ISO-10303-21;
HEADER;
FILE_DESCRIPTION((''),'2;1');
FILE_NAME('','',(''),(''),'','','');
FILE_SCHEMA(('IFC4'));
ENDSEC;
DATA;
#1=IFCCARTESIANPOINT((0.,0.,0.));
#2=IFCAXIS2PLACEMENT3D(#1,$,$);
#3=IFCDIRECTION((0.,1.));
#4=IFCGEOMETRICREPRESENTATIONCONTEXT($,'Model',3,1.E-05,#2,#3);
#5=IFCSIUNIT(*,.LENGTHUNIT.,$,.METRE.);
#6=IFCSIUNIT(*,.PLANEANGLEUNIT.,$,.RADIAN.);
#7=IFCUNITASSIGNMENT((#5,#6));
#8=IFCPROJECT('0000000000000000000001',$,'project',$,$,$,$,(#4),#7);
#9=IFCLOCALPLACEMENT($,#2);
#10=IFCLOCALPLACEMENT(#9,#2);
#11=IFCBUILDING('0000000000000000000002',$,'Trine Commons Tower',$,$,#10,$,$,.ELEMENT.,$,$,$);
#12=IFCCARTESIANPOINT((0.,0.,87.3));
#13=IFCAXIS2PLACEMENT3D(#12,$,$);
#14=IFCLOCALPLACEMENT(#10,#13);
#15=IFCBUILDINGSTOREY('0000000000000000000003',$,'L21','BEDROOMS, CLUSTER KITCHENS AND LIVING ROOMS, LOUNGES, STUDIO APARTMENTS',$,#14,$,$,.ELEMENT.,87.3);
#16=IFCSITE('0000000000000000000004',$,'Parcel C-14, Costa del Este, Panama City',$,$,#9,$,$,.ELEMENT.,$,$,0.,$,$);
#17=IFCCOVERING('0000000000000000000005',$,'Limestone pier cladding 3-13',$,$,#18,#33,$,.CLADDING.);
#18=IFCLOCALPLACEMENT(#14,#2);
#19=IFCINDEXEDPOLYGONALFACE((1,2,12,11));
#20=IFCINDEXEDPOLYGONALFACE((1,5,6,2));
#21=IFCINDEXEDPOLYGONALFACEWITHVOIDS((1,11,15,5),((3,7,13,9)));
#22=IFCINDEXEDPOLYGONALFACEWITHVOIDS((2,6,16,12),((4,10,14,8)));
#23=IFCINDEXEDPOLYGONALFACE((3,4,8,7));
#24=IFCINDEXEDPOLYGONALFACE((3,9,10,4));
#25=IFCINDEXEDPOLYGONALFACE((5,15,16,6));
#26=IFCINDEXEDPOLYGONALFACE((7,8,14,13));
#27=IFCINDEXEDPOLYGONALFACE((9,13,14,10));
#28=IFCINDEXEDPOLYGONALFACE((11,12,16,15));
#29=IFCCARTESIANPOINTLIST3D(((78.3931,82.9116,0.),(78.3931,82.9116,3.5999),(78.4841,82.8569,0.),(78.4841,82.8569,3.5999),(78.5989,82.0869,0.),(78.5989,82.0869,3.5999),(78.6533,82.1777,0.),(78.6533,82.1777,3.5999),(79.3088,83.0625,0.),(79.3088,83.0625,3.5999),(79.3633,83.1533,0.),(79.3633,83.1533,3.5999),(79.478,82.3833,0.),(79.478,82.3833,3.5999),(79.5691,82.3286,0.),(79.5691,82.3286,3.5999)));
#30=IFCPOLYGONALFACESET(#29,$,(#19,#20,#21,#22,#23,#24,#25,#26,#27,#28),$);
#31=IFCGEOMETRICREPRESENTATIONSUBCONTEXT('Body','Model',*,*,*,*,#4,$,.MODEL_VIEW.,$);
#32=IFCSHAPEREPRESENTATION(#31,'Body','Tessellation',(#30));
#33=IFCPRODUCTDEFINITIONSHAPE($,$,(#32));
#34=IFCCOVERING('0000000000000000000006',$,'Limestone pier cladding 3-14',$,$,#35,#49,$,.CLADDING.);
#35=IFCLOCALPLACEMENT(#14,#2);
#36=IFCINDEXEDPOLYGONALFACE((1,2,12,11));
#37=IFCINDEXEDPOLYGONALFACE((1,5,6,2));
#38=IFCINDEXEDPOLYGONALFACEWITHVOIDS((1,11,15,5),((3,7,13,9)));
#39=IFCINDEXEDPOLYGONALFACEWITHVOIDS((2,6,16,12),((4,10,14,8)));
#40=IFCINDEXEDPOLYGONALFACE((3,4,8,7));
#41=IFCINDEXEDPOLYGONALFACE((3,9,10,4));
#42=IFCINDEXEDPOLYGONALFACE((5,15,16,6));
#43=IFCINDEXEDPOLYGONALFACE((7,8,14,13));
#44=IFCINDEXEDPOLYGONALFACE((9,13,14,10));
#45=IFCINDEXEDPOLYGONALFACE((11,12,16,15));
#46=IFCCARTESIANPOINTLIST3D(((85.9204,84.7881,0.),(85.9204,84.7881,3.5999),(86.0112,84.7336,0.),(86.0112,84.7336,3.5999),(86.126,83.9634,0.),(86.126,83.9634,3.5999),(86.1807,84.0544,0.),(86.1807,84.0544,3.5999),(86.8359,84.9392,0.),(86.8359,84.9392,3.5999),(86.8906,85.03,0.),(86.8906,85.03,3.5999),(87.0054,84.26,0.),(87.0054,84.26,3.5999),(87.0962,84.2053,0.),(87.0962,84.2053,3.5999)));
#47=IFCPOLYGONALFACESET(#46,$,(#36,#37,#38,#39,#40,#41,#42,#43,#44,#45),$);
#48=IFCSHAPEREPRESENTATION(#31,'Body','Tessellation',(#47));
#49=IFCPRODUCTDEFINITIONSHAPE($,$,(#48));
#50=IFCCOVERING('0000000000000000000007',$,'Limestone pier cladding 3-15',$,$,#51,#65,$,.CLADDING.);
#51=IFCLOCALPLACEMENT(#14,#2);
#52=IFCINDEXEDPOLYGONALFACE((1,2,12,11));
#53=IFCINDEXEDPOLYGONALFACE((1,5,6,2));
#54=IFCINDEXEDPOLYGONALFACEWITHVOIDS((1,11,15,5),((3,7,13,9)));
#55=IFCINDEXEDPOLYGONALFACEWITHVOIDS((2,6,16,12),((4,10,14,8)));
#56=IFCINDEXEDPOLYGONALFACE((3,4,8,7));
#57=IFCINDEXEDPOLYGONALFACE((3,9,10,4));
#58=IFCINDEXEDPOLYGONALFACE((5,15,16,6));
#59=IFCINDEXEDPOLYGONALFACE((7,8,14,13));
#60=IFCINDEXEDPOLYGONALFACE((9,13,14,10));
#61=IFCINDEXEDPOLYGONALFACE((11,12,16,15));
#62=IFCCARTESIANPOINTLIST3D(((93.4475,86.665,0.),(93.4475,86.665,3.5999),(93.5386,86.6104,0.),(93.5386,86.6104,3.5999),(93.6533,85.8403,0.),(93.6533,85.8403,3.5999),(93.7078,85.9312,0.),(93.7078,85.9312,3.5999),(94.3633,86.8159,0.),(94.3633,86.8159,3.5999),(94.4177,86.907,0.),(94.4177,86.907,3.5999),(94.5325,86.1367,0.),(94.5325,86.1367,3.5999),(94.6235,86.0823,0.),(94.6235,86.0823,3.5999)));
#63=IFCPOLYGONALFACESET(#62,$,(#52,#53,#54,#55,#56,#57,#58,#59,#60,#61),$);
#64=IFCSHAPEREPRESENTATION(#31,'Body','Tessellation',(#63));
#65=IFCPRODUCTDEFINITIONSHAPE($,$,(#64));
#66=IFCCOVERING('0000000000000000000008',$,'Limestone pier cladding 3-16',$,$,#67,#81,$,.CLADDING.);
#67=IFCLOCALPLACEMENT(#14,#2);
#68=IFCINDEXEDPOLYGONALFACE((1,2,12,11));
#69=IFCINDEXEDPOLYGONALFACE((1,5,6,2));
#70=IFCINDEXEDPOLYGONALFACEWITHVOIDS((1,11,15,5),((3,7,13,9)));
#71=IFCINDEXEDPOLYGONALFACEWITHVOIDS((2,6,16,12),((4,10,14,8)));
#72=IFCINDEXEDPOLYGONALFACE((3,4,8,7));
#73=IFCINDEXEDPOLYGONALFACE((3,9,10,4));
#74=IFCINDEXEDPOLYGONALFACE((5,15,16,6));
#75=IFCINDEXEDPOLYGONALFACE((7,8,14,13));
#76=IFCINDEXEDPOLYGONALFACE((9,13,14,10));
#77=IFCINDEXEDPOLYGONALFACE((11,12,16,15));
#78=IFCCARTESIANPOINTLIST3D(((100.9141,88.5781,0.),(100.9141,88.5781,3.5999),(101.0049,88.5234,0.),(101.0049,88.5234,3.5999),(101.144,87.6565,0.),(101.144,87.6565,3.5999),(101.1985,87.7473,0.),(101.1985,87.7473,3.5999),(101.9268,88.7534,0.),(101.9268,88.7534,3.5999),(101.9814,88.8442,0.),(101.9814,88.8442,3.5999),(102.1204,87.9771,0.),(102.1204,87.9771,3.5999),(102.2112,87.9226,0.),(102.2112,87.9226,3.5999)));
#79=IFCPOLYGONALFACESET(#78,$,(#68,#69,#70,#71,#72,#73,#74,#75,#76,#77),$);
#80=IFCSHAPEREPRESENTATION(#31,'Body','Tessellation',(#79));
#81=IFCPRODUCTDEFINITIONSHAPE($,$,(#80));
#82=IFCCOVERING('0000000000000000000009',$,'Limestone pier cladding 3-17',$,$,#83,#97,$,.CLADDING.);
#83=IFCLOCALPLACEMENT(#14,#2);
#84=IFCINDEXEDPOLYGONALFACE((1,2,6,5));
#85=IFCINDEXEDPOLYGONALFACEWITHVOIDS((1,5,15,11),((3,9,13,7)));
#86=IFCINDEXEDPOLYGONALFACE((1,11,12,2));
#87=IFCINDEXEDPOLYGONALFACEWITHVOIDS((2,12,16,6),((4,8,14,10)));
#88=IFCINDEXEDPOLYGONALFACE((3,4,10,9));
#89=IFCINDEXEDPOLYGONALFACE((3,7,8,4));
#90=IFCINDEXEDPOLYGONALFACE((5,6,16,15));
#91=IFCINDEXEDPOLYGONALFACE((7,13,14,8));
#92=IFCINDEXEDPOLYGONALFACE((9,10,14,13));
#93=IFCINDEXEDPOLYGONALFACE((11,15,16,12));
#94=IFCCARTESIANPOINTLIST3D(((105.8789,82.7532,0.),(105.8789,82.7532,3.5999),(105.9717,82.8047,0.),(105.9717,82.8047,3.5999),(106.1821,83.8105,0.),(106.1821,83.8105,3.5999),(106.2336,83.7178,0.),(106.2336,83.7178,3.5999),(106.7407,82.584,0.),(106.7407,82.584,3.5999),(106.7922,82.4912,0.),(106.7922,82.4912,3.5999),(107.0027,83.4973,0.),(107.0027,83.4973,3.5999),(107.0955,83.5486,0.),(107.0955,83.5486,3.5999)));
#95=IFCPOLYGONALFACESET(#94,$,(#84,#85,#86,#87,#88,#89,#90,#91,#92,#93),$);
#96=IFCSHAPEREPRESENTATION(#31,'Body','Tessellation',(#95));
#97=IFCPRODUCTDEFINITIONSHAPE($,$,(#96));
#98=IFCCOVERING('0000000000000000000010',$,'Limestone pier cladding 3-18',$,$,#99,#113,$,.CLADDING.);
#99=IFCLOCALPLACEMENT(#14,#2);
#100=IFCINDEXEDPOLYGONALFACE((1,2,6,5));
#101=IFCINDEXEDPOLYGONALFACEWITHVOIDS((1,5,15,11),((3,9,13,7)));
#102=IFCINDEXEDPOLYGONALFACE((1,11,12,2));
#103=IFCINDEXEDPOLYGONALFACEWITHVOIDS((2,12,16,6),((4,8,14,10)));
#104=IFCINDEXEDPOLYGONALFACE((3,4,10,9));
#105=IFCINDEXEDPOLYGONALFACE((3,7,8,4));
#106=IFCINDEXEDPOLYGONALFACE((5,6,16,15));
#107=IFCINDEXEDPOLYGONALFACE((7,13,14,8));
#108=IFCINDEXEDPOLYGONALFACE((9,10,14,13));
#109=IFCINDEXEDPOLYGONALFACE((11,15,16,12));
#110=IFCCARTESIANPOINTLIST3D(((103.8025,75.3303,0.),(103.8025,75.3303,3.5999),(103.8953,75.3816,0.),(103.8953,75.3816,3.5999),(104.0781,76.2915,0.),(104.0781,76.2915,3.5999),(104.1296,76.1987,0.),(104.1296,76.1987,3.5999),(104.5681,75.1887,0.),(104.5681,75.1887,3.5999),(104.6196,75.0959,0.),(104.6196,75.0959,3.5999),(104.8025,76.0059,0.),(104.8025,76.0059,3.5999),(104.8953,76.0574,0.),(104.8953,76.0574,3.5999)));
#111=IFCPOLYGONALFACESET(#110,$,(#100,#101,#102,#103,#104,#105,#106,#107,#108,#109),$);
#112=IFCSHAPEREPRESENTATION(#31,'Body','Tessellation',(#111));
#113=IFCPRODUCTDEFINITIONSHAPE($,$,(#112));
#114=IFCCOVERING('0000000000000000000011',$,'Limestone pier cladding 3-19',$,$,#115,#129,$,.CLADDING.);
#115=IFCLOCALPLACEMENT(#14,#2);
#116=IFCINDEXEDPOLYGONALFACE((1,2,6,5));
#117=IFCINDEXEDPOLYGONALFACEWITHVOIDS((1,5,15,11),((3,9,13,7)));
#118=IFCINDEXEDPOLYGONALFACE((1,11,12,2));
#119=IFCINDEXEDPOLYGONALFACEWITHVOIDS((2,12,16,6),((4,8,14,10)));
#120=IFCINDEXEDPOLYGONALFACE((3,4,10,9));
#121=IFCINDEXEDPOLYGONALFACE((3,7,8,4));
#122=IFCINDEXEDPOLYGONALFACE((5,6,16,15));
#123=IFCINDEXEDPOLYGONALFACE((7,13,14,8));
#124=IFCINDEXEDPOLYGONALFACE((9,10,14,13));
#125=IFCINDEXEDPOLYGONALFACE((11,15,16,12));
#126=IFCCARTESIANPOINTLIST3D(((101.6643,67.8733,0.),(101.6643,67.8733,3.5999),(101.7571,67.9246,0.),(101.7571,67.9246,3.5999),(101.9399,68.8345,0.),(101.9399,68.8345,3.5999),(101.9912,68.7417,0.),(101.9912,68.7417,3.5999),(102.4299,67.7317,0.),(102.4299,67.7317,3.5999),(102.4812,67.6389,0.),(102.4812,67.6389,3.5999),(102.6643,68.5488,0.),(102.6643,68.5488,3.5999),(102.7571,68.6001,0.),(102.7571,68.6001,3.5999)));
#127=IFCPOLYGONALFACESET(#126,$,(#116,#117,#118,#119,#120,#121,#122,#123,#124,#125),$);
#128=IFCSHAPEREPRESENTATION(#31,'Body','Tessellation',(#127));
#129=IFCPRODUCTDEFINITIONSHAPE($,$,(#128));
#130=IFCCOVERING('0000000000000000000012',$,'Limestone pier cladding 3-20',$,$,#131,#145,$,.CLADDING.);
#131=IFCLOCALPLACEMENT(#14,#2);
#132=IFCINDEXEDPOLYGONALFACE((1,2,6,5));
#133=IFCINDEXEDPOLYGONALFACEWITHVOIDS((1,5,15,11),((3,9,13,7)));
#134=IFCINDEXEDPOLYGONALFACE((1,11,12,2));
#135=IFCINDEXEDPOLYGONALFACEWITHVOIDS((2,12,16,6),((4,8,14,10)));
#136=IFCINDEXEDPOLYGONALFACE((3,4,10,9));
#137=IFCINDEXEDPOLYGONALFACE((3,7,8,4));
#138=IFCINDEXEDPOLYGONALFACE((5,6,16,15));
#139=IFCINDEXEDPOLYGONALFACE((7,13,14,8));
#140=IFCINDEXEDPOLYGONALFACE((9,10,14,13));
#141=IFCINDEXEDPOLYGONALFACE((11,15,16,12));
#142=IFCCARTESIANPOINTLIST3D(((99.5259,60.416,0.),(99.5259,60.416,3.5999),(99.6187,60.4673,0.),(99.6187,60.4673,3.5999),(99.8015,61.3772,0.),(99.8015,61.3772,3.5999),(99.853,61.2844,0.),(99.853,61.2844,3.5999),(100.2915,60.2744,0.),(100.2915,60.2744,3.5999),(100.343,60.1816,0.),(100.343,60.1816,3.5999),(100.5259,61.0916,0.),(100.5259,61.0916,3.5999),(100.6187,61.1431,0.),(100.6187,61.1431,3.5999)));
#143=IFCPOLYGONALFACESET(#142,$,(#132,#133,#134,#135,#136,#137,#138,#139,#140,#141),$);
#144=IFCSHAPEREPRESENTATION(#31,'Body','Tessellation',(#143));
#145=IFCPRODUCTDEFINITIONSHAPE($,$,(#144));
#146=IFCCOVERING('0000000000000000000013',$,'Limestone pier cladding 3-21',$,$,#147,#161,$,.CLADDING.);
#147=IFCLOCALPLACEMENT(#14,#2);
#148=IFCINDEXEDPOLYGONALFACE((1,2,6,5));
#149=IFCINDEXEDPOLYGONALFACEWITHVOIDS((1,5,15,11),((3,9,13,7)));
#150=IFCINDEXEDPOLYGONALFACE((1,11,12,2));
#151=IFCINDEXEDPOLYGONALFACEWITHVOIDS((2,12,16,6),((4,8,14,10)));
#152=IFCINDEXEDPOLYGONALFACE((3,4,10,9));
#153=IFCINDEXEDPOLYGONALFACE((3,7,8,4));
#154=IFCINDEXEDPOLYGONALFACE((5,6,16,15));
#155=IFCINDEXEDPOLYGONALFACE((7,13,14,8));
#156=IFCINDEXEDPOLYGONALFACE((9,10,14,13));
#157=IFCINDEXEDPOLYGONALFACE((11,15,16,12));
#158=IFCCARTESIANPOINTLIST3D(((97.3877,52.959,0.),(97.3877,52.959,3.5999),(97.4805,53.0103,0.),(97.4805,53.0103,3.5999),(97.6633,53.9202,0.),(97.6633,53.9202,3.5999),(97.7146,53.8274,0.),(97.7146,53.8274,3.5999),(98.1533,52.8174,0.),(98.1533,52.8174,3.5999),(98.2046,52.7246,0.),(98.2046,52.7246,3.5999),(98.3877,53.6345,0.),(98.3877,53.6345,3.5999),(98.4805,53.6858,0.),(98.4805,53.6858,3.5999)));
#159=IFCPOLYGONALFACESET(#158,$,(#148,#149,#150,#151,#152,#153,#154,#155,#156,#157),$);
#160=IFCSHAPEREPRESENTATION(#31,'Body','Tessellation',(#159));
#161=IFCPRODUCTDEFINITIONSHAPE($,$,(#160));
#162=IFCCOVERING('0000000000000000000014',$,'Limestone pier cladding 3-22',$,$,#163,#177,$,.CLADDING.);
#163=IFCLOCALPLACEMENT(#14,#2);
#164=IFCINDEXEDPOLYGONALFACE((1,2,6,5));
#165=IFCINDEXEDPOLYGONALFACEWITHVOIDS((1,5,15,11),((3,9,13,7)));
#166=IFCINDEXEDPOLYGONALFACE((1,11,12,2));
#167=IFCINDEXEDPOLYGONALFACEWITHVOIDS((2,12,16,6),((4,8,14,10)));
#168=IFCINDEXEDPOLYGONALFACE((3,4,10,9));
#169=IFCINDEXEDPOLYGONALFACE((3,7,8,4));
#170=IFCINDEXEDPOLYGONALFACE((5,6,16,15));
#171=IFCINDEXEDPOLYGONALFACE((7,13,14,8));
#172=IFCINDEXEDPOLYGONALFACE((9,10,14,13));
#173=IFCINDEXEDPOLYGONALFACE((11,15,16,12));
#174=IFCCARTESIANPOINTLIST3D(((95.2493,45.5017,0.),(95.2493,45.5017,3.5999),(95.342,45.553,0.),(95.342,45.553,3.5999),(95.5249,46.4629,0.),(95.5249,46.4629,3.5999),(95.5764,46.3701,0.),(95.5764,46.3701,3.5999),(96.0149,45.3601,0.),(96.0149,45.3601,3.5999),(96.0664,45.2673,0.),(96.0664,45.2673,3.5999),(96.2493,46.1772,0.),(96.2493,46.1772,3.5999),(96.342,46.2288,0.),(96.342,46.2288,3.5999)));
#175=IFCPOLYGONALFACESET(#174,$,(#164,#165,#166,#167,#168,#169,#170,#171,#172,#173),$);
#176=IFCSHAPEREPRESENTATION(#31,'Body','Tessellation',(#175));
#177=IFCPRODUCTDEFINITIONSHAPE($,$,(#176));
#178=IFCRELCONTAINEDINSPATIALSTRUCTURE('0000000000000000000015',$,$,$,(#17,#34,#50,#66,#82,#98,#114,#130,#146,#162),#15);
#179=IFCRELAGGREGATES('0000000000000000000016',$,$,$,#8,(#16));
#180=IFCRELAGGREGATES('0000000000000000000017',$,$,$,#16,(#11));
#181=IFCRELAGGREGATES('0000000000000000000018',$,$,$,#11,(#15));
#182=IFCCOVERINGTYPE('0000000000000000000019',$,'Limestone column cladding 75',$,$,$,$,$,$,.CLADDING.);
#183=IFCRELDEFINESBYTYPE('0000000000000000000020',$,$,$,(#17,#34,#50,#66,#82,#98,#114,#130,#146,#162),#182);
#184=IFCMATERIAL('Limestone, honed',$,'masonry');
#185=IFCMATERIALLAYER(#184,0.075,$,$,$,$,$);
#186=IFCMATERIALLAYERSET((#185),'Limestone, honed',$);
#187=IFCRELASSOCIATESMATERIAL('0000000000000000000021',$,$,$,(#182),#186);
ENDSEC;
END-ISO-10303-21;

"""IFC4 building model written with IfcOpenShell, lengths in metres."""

from ifc_helpers import new_model, si_unit, direction, frame, origin, place, context, subcontext, project, spatial, polyline, outline, extrude, material, layer, layer_set, type_object, element, save


model = new_model("IFC4")

# Units and contexts
model_context = context("Model", 3, precision=1e-05, world=origin(), true_north=direction((0.0, 1.0)))
body_context = subcontext(model_context, "Body", "Model", "MODEL_VIEW")
ifc_project = project(units=[si_unit("LENGTHUNIT", "METRE"), si_unit("PLANEANGLEUNIT", "RADIAN")], contexts=[model_context])

# Site, building, storey
site_placement = place(None, origin())
site = spatial("IfcSite", under=ifc_project, at=site_placement, Name="Parcel C-14, Costa del Este, Panama City", CompositionType="ELEMENT", RefElevation=0.0)
building_placement = place(site_placement, origin())
building = spatial("IfcBuilding", under=site, at=building_placement, Name="Trine Commons Tower", CompositionType="ELEMENT")
storey_placement = place(building_placement, frame((0.0, 0.0, 87.3)))
storey = spatial("IfcBuildingStorey", under=building, at=storey_placement, Name="L21", Description="BEDROOMS, CLUSTER KITCHENS AND LIVING ROOMS, LOUNGES, STUDIO APARTMENTS", CompositionType="ELEMENT", Elevation=87.3)

# Coverings
ifc_material_1 = material(Name="Limestone, honed", Category="masonry")
ifc_layer_1 = layer(ifc_material_1, 0.075)
ifc_layer_set_1 = layer_set([ifc_layer_1], Name="Limestone, honed")
covering_type = type_object("IfcCoveringType", Name="Limestone column cladding 75", PredefinedType="CLADDING", material=ifc_layer_set_1)
covering_1_placement = place(storey_placement, origin())
element("IfcCovering", 1, at=covering_1_placement, inside=storey, type_object=covering_type, Name="Limestone pier cladding 3-13", PredefinedType="CLADDING", context=body_context, shape_type="SweptSolid", body=[
    extrude(outline(polyline([(79.5691, 82.3286), (79.3633, 83.1533), (78.3931, 82.9116), (78.5989, 82.0869), (79.5691, 82.3286)]), holes=[polyline([(79.478, 82.3833), (79.3088, 83.0625), (78.4841, 82.8569), (78.6533, 82.1777), (79.478, 82.3833)])]), origin(), (0.0, 0.0, 1.0), 3.5999),
])
covering_2_placement = place(storey_placement, origin())
element("IfcCovering", 2, at=covering_2_placement, inside=storey, type_object=covering_type, Name="Limestone pier cladding 3-14", PredefinedType="CLADDING", context=body_context, shape_type="SweptSolid", body=[
    extrude(outline(polyline([(87.0962, 84.2053), (86.8906, 85.03), (85.9204, 84.7881), (86.126, 83.9634), (87.0962, 84.2053)]), holes=[polyline([(87.0054, 84.26), (86.8359, 84.9392), (86.0112, 84.7336), (86.1807, 84.0544), (87.0054, 84.26)])]), origin(), (0.0, 0.0, 1.0), 3.5999),
])
covering_3_placement = place(storey_placement, origin())
element("IfcCovering", 3, at=covering_3_placement, inside=storey, type_object=covering_type, Name="Limestone pier cladding 3-15", PredefinedType="CLADDING", context=body_context, shape_type="SweptSolid", body=[
    extrude(outline(polyline([(94.6235, 86.0823), (94.4177, 86.907), (93.4475, 86.665), (93.6533, 85.8403), (94.6235, 86.0823)]), holes=[polyline([(94.5325, 86.1367), (94.3633, 86.8159), (93.5386, 86.6104), (93.7078, 85.9312), (94.5325, 86.1367)])]), origin(), (0.0, 0.0, 1.0), 3.5999),
])
covering_4_placement = place(storey_placement, origin())
element("IfcCovering", 4, at=covering_4_placement, inside=storey, type_object=covering_type, Name="Limestone pier cladding 3-16", PredefinedType="CLADDING", context=body_context, shape_type="SweptSolid", body=[
    extrude(outline(polyline([(102.2112, 87.9226), (101.9814, 88.8442), (100.9141, 88.5781), (101.144, 87.6565), (102.2112, 87.9226)]), holes=[polyline([(102.1204, 87.9771), (101.9268, 88.7534), (101.0049, 88.5234), (101.1985, 87.7473), (102.1204, 87.9771)])]), origin(), (0.0, 0.0, 1.0), 3.5999),
])
covering_5_placement = place(storey_placement, origin())
element("IfcCovering", 5, at=covering_5_placement, inside=storey, type_object=covering_type, Name="Limestone pier cladding 3-17", PredefinedType="CLADDING", context=body_context, shape_type="SweptSolid", body=[
    extrude(outline(polyline([(107.0955, 83.5486), (106.1821, 83.8105), (105.8789, 82.7532), (106.7922, 82.4912), (107.0955, 83.5486)]), holes=[polyline([(107.0027, 83.4973), (106.2336, 83.7178), (105.9717, 82.8047), (106.7407, 82.584), (107.0027, 83.4973)])]), origin(), (0.0, 0.0, 1.0), 3.5999),
])
covering_6_placement = place(storey_placement, origin())
element("IfcCovering", 6, at=covering_6_placement, inside=storey, type_object=covering_type, Name="Limestone pier cladding 3-18", PredefinedType="CLADDING", context=body_context, shape_type="SweptSolid", body=[
    extrude(outline(polyline([(104.8953, 76.0574), (104.0781, 76.2915), (103.8025, 75.3303), (104.6196, 75.0959), (104.8953, 76.0574)]), holes=[polyline([(104.8025, 76.0059), (104.1296, 76.1987), (103.8953, 75.3816), (104.5681, 75.1887), (104.8025, 76.0059)])]), origin(), (0.0, 0.0, 1.0), 3.5999),
])
covering_7_placement = place(storey_placement, origin())
element("IfcCovering", 7, at=covering_7_placement, inside=storey, type_object=covering_type, Name="Limestone pier cladding 3-19", PredefinedType="CLADDING", context=body_context, shape_type="SweptSolid", body=[
    extrude(outline(polyline([(102.7571, 68.6001), (101.9399, 68.8345), (101.6643, 67.8733), (102.4812, 67.6389), (102.7571, 68.6001)]), holes=[polyline([(102.6643, 68.5488), (101.9912, 68.7417), (101.7571, 67.9246), (102.4299, 67.7317), (102.6643, 68.5488)])]), origin(), (0.0, 0.0, 1.0), 3.5999),
])
covering_8_placement = place(storey_placement, origin())
element("IfcCovering", 8, at=covering_8_placement, inside=storey, type_object=covering_type, Name="Limestone pier cladding 3-20", PredefinedType="CLADDING", context=body_context, shape_type="SweptSolid", body=[
    extrude(outline(polyline([(100.6187, 61.1431), (99.8015, 61.3772), (99.5259, 60.416), (100.343, 60.1816), (100.6187, 61.1431)]), holes=[polyline([(100.5259, 61.0916), (99.853, 61.2844), (99.6187, 60.4673), (100.2915, 60.2744), (100.5259, 61.0916)])]), origin(), (0.0, 0.0, 1.0), 3.5999),
])
covering_9_placement = place(storey_placement, origin())
element("IfcCovering", 9, at=covering_9_placement, inside=storey, type_object=covering_type, Name="Limestone pier cladding 3-21", PredefinedType="CLADDING", context=body_context, shape_type="SweptSolid", body=[
    extrude(outline(polyline([(98.4805, 53.6858), (97.6633, 53.9202), (97.3877, 52.959), (98.2046, 52.7246), (98.4805, 53.6858)]), holes=[polyline([(98.3877, 53.6345), (97.7146, 53.8274), (97.4805, 53.0103), (98.1533, 52.8174), (98.3877, 53.6345)])]), origin(), (0.0, 0.0, 1.0), 3.5999),
])
covering_10_placement = place(storey_placement, origin())
element("IfcCovering", 10, at=covering_10_placement, inside=storey, type_object=covering_type, Name="Limestone pier cladding 3-22", PredefinedType="CLADDING", context=body_context, shape_type="SweptSolid", body=[
    extrude(outline(polyline([(96.342, 46.2288), (95.5249, 46.4629), (95.2493, 45.5017), (96.0664, 45.2673), (96.342, 46.2288)]), holes=[polyline([(96.2493, 46.1772), (95.5764, 46.3701), (95.342, 45.553), (96.0149, 45.3601), (96.2493, 46.1772)])]), origin(), (0.0, 0.0, 1.0), 3.5999),
])

save(model, "model.ifc")
